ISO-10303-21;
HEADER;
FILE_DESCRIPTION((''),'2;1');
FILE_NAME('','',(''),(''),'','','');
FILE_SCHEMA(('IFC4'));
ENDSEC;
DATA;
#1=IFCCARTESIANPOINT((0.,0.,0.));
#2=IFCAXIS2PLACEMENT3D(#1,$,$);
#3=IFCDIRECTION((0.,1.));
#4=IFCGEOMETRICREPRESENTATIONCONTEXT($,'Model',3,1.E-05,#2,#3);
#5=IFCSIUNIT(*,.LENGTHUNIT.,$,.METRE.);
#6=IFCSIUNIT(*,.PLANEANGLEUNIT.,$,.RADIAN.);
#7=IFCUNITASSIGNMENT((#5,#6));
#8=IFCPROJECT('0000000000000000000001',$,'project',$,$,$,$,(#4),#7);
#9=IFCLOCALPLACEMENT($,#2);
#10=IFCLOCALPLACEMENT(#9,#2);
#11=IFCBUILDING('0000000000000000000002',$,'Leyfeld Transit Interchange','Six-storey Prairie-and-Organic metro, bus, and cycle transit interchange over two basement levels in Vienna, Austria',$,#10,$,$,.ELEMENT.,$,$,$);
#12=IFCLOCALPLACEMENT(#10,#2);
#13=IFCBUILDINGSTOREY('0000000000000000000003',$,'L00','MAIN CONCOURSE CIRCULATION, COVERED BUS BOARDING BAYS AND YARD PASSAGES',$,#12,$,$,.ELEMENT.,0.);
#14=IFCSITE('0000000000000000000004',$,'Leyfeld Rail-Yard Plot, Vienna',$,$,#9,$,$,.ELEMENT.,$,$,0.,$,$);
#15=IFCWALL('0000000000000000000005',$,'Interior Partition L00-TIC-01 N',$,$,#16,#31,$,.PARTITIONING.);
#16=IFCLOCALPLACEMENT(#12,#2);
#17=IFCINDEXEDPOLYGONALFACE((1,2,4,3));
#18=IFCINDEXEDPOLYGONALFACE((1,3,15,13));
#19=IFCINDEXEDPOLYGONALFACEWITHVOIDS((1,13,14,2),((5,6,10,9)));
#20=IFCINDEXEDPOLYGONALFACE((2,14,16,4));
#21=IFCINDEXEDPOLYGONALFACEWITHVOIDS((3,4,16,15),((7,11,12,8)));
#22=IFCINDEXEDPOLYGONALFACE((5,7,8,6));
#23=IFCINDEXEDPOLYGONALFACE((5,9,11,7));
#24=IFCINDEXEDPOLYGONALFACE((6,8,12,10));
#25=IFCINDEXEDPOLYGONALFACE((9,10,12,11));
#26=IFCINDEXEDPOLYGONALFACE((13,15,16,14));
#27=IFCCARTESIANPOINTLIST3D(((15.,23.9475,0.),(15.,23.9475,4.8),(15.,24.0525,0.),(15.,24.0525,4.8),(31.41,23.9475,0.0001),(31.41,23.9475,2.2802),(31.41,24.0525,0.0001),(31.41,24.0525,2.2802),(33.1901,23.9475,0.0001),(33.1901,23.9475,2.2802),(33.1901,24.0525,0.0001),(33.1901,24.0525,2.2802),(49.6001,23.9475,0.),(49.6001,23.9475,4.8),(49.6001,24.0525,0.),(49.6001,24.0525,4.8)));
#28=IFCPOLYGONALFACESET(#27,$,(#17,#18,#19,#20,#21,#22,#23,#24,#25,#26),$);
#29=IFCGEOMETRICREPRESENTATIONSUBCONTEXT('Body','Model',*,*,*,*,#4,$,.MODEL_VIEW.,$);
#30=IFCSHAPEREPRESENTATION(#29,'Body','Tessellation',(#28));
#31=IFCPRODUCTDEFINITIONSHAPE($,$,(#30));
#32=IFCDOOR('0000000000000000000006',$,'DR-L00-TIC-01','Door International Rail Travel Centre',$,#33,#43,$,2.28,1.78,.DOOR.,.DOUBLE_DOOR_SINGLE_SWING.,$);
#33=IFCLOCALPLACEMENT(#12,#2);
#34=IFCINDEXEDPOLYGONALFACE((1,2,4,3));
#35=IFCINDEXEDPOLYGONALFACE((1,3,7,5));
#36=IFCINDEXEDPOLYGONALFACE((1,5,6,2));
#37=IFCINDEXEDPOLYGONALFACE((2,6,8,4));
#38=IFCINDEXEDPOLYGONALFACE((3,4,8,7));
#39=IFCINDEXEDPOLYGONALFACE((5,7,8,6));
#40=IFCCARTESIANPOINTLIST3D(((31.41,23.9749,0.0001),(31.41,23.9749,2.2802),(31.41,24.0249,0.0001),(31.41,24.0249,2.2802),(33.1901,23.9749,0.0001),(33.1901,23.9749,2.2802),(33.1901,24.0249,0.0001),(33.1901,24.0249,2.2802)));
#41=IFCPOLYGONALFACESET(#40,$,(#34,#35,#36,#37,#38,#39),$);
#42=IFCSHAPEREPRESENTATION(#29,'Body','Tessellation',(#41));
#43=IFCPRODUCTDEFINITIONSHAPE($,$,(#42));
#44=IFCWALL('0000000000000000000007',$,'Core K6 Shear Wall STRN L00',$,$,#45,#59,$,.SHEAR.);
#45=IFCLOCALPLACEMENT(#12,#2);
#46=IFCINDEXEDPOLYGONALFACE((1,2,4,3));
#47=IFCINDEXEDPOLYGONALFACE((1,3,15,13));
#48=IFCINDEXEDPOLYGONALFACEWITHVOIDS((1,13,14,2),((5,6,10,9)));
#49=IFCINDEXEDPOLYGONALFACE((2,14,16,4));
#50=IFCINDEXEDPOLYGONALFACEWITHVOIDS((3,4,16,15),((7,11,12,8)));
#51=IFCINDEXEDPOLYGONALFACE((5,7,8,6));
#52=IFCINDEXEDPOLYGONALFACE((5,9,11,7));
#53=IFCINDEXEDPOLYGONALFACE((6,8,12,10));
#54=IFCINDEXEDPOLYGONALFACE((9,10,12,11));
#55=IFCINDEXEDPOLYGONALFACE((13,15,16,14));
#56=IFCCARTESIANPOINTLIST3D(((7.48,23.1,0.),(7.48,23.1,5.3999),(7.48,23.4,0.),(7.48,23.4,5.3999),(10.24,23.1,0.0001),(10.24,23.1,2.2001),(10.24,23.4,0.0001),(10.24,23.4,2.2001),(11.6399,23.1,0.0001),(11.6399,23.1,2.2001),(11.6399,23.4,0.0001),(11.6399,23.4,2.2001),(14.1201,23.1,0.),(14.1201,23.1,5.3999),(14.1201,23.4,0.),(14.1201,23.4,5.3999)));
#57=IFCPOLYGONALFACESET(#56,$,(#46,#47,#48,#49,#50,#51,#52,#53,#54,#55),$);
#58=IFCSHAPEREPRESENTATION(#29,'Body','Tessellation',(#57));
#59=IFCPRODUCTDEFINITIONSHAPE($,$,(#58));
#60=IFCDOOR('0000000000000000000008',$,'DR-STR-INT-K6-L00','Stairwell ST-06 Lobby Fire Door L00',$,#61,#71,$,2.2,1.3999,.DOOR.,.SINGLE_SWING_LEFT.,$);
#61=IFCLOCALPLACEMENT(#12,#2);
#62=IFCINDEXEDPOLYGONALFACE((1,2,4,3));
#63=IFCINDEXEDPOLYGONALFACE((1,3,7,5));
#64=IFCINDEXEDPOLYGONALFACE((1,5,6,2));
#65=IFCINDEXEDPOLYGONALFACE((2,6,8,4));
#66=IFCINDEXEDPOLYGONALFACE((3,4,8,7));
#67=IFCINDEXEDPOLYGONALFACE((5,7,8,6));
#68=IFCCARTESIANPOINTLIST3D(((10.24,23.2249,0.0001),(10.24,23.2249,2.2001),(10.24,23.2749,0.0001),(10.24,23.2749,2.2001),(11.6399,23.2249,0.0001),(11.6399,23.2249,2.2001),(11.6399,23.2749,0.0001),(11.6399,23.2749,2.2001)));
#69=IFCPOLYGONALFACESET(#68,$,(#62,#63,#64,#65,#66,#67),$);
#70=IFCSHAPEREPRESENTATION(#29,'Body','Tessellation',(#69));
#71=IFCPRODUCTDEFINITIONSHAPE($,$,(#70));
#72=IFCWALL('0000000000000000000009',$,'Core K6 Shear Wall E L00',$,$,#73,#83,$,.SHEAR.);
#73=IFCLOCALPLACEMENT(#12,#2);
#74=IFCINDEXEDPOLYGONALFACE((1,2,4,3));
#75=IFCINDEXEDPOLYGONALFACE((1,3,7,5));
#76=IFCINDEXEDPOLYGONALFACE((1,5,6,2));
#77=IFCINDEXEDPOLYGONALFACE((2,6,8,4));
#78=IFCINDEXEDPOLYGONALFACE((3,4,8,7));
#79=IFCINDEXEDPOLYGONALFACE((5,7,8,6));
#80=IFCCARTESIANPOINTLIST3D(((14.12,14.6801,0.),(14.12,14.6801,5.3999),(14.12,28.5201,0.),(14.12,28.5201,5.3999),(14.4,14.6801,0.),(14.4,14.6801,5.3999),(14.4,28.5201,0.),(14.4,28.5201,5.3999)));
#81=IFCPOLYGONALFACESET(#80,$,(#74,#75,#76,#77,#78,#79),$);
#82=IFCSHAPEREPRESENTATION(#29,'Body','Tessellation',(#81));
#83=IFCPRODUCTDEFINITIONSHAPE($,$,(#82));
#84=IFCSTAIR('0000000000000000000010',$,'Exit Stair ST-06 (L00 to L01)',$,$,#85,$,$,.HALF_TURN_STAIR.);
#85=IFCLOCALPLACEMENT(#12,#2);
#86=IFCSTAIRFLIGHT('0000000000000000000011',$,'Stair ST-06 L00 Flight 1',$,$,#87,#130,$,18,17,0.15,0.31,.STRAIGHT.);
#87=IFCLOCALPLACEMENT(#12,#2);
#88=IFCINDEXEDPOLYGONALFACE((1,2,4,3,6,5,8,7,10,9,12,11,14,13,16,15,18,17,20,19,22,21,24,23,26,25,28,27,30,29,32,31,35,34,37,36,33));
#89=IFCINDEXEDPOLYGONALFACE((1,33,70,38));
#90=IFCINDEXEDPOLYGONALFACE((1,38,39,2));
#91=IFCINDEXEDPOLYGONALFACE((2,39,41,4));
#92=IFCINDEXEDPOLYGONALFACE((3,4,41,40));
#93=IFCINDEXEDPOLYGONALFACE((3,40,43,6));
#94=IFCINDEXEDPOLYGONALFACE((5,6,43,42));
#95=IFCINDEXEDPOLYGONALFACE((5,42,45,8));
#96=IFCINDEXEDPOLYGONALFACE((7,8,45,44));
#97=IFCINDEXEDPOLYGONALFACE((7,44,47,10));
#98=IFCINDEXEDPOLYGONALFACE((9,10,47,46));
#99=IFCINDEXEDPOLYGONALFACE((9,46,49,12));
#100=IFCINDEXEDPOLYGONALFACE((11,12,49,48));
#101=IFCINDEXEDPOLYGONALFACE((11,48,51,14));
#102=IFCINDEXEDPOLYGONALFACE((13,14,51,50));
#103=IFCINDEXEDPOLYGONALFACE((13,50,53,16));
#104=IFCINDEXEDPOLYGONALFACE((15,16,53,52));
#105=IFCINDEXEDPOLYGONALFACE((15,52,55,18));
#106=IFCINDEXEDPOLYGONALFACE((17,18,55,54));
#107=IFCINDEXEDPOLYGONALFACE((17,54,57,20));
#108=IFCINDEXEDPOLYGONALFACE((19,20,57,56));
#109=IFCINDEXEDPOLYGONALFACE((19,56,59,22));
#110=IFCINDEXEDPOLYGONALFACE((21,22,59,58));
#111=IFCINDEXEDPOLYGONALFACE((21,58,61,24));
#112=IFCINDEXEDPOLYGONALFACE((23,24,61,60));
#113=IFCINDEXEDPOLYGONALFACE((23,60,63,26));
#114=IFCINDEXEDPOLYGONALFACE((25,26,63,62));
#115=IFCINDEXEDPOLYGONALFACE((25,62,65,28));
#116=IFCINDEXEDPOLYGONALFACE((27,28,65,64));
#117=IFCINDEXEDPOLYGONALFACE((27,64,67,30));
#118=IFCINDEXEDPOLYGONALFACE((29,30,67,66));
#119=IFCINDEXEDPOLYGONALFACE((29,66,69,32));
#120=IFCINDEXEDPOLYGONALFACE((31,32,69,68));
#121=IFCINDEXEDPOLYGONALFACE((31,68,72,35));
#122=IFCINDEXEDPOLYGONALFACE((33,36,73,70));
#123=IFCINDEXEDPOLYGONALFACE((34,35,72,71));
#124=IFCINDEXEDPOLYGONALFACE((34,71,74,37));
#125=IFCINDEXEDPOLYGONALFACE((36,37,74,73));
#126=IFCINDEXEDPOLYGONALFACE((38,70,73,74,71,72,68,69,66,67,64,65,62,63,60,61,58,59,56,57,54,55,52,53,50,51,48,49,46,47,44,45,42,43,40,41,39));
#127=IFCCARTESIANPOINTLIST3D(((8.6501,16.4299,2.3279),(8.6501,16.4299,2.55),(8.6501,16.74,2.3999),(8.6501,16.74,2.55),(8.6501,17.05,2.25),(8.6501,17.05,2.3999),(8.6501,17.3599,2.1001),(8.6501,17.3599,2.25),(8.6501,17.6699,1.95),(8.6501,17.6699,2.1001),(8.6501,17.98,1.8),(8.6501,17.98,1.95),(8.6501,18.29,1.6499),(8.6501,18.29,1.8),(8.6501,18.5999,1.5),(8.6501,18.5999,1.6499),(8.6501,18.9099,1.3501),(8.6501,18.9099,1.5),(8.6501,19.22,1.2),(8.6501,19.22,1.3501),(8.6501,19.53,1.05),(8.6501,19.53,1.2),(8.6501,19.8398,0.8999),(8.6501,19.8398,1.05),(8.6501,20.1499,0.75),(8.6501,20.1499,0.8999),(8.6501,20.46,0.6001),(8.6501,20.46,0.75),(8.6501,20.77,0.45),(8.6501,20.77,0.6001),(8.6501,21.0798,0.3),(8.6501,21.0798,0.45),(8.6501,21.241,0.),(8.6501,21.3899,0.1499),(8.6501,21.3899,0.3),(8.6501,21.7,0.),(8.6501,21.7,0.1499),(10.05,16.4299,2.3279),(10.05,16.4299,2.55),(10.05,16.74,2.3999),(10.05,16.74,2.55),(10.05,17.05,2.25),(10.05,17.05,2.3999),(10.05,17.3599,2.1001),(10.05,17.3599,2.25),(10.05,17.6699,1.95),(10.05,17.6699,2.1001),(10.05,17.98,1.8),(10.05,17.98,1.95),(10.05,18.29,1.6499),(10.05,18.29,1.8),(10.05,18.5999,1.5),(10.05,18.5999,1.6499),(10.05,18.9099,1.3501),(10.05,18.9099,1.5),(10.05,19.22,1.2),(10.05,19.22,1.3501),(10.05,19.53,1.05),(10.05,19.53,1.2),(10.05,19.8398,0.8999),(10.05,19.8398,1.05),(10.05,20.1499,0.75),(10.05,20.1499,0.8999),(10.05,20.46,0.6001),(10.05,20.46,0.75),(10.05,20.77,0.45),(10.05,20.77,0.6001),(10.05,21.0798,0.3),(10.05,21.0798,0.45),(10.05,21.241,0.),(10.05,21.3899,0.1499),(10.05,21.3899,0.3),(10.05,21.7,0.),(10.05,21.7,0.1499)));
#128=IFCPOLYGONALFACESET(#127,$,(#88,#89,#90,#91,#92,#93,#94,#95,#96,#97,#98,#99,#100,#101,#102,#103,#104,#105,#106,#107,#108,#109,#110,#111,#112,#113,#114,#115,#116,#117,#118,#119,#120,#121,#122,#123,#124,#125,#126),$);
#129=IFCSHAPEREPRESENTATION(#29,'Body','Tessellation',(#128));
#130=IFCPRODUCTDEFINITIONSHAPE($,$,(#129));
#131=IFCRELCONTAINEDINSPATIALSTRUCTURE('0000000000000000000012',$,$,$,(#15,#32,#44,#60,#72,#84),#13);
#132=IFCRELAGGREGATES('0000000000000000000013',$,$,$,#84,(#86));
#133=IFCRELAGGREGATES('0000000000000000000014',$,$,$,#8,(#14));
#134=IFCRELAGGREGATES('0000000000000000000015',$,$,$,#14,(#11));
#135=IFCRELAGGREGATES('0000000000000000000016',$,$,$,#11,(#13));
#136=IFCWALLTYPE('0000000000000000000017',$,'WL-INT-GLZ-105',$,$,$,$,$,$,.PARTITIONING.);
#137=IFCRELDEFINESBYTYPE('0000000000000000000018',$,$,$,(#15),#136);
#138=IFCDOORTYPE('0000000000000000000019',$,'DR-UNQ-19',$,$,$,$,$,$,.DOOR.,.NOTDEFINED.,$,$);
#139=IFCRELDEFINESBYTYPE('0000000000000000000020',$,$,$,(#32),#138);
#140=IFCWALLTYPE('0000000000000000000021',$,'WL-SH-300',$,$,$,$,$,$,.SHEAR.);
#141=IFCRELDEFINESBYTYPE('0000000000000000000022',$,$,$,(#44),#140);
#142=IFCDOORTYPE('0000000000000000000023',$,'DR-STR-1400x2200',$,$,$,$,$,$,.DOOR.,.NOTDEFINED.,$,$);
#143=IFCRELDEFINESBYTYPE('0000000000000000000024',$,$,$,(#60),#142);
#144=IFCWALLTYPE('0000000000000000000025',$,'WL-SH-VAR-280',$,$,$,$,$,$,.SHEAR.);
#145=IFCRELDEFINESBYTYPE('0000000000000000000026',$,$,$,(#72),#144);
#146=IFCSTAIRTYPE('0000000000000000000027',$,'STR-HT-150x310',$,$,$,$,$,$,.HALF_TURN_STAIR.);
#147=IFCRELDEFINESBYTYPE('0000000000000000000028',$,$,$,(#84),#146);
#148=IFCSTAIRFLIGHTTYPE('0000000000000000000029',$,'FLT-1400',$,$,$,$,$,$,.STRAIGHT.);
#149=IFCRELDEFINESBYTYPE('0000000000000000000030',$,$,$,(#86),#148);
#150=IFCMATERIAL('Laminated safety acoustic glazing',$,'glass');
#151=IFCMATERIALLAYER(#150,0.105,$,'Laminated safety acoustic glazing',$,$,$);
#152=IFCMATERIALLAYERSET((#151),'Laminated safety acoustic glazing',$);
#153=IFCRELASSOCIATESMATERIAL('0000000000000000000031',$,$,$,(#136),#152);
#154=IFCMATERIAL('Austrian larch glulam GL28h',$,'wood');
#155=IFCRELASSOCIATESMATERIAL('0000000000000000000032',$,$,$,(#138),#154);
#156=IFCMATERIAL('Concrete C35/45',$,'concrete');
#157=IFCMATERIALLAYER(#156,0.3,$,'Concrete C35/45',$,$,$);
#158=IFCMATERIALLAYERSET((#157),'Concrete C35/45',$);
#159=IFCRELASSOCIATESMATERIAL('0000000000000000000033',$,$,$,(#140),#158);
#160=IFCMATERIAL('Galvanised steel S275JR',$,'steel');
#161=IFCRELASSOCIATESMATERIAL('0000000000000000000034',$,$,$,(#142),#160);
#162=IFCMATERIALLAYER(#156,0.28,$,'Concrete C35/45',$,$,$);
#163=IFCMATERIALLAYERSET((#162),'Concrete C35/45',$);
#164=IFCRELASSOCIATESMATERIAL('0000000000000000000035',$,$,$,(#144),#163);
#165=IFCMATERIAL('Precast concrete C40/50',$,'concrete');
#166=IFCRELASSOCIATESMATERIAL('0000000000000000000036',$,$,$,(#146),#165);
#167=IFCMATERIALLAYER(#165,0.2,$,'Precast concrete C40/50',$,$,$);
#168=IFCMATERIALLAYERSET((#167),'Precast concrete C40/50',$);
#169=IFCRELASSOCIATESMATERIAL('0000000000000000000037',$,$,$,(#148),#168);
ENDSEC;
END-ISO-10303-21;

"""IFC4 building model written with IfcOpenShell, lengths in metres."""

from ifc_helpers import new_model, si_unit, direction, frame, frame_2d, origin, place, context, subcontext, project, spatial, polyline, rectangle, outline, extrude, material, layer, layer_set, type_object, element, fill, aggregate, save


model = new_model("IFC4")

# Units and contexts
model_context = context("Model", 3, precision=1e-05, world=origin(), true_north=direction((0.0, 1.0)))
body_context = subcontext(model_context, "Body", "Model", "MODEL_VIEW")
ifc_project = project(units=[si_unit("LENGTHUNIT", "METRE"), si_unit("PLANEANGLEUNIT", "RADIAN")], contexts=[model_context])

# Site, building, storey
site_placement = place(None, origin())
site = spatial("IfcSite", under=ifc_project, at=site_placement, Name="Leyfeld Rail-Yard Plot, Vienna", CompositionType="ELEMENT", RefElevation=0.0)
building_placement = place(site_placement, origin())
building = spatial("IfcBuilding", under=site, at=building_placement, Name="Leyfeld Transit Interchange", Description="Six-storey Prairie-and-Organic metro, bus, and cycle transit interchange over two basement levels in Vienna, Austria", CompositionType="ELEMENT")
storey_placement = place(building_placement, origin())
storey = spatial("IfcBuildingStorey", under=building, at=storey_placement, Name="L00", Description="MAIN CONCOURSE CIRCULATION, COVERED BUS BOARDING BAYS AND YARD PASSAGES", CompositionType="ELEMENT", Elevation=0.0)

# Walls, openings, doors
ifc_material_1 = material(Name="Laminated safety acoustic glazing", Category="glass")
ifc_layer_1 = layer(ifc_material_1, 0.105, Name="Laminated safety acoustic glazing")
ifc_layer_set_1 = layer_set([ifc_layer_1], Name="Laminated safety acoustic glazing")
wall_type_1 = type_object("IfcWallType", Name="WL-INT-GLZ-105", PredefinedType="PARTITIONING", material=ifc_layer_set_1)
wall_1_placement = place(storey_placement, frame((15.0, 24.0, 0.0), z_axis=(0.0, 0.0, 1.0), x_axis=(1.0, 0.0, 0.0)))
wall_1 = element("IfcWall", 1, at=wall_1_placement, inside=storey, type_object=wall_type_1, Name="Interior Partition L00-TIC-01 N", PredefinedType="PARTITIONING", context=body_context, shape_type="SweptSolid", body=[
    extrude(rectangle(XDim=34.6001, YDim=0.105, at=frame_2d((17.3, 0.0))), origin(), (0.0, 0.0, 1.0), 4.8),
])
opening_1_placement = place(wall_1_placement, frame((16.4099, 0.0, 0.0)))
opening_1 = element("IfcOpeningElement", 2, at=opening_1_placement, cuts=wall_1, PredefinedType="OPENING", context=body_context, shape_type="SweptSolid", body=[
    extrude(rectangle(XDim=1.78, YDim=2.28, at=frame_2d((0.8901, 1.1401))), frame((0.0, 0.0625, 0.0), z_axis=(0.0, -1.0, 0.0), x_axis=(1.0, 0.0, 0.0)), (0.0, 0.0, 1.0), 0.125),
])
ifc_material_2 = material(Name="Austrian larch glulam GL28h", Category="wood")
door_type_1 = type_object("IfcDoorType", Name="DR-UNQ-19", OperationType="NOTDEFINED", PredefinedType="DOOR", material=ifc_material_2)
door_1_placement = place(opening_1_placement, origin())
door_1 = element("IfcDoor", 3, at=door_1_placement, inside=storey, type_object=door_type_1, Name="DR-L00-TIC-01", Description="Door International Rail Travel Centre", OperationType="DOUBLE_DOOR_SINGLE_SWING", OverallHeight=2.28, OverallWidth=1.78, PredefinedType="DOOR", context=body_context, shape_type="SweptSolid", body=[
    extrude(rectangle(XDim=1.78, YDim=2.28, at=frame_2d((0.8901, 1.1401))), frame((0.0, 0.0249, 0.0), z_axis=(0.0, -1.0, 0.0), x_axis=(1.0, 0.0, 0.0)), (0.0, 0.0, 1.0), 0.05),
])
fill(opening_1, door_1)
ifc_material_3 = material(Name="Concrete C35/45", Category="concrete")
ifc_layer_2 = layer(ifc_material_3, 0.3, Name="Concrete C35/45")
ifc_layer_set_2 = layer_set([ifc_layer_2], Name="Concrete C35/45")
wall_type_2 = type_object("IfcWallType", Name="WL-SH-300", PredefinedType="SHEAR", material=ifc_layer_set_2)
wall_2_placement = place(storey_placement, frame((7.48, 23.25, 0.0), z_axis=(0.0, 0.0, 1.0), x_axis=(1.0, 0.0, 0.0)))
wall_2 = element("IfcWall", 4, at=wall_2_placement, inside=storey, type_object=wall_type_2, Name="Core K6 Shear Wall STRN L00", PredefinedType="SHEAR", context=body_context, shape_type="SweptSolid", body=[
    extrude(rectangle(XDim=6.6401, YDim=0.3, at=frame_2d((3.3201, 0.0))), origin(), (0.0, 0.0, 1.0), 5.3999),
])
opening_2_placement = place(wall_2_placement, frame((2.76, 0.0, 0.0)))
opening_2 = element("IfcOpeningElement", 5, at=opening_2_placement, cuts=wall_2, PredefinedType="OPENING", context=body_context, shape_type="SweptSolid", body=[
    extrude(rectangle(XDim=1.3999, YDim=2.2, at=frame_2d((0.7, 1.1001))), frame((0.0, 0.1599, 0.0), z_axis=(0.0, -1.0, 0.0), x_axis=(1.0, 0.0, 0.0)), (0.0, 0.0, 1.0), 0.3201),
])
ifc_material_4 = material(Name="Galvanised steel S275JR", Category="steel")
door_type_2 = type_object("IfcDoorType", Name="DR-STR-1400x2200", OperationType="NOTDEFINED", PredefinedType="DOOR", material=ifc_material_4)
door_2_placement = place(opening_2_placement, origin())
door_2 = element("IfcDoor", 6, at=door_2_placement, inside=storey, type_object=door_type_2, Name="DR-STR-INT-K6-L00", Description="Stairwell ST-06 Lobby Fire Door L00", OperationType="SINGLE_SWING_LEFT", OverallHeight=2.2, OverallWidth=1.3999, PredefinedType="DOOR", context=body_context, shape_type="SweptSolid", body=[
    extrude(rectangle(XDim=1.3999, YDim=2.2, at=frame_2d((0.7, 1.1001))), frame((0.0, 0.0249, 0.0), z_axis=(0.0, -1.0, 0.0), x_axis=(1.0, 0.0, 0.0)), (0.0, 0.0, 1.0), 0.05),
])
fill(opening_2, door_2)

# Wall
ifc_layer_3 = layer(ifc_material_3, 0.28, Name="Concrete C35/45")
ifc_layer_set_3 = layer_set([ifc_layer_3], Name="Concrete C35/45")
wall_type_3 = type_object("IfcWallType", Name="WL-SH-VAR-280", PredefinedType="SHEAR", material=ifc_layer_set_3)
wall_3_placement = place(storey_placement, frame((14.26, 28.52, 0.0), z_axis=(0.0, 0.0, 1.0), x_axis=(0.0, -1.0, 0.0)))
element("IfcWall", 7, at=wall_3_placement, inside=storey, type_object=wall_type_3, Name="Core K6 Shear Wall E L00", PredefinedType="SHEAR", context=body_context, shape_type="SweptSolid", body=[
    extrude(rectangle(XDim=13.8401, YDim=0.28, at=frame_2d((6.9199, 0.0))), origin(), (0.0, 0.0, 1.0), 5.3999),
])

# Stair, stair flight
ifc_material_5 = material(Name="Precast concrete C40/50", Category="concrete")
stair_type = type_object("IfcStairType", Name="STR-HT-150x310", PredefinedType="HALF_TURN_STAIR", material=ifc_material_5)
stair_placement = place(storey_placement, origin())
stair = element("IfcStair", 8, at=stair_placement, inside=storey, type_object=stair_type, Name="Exit Stair ST-06 (L00 to L01)", PredefinedType="HALF_TURN_STAIR")
ifc_layer_4 = layer(ifc_material_5, 0.2, Name="Precast concrete C40/50")
ifc_layer_set_4 = layer_set([ifc_layer_4], Name="Precast concrete C40/50")
stair_flight_type = type_object("IfcStairFlightType", Name="FLT-1400", PredefinedType="STRAIGHT", material=ifc_layer_set_4)
stair_flight_placement = place(storey_placement, frame((9.3501, 21.7, 0.0), z_axis=(0.0, 0.0, 1.0), x_axis=(0.0, -1.0, 0.0)))
stair_flight = element("IfcStairFlight", 9, at=stair_flight_placement, type_object=stair_flight_type, Name="Stair ST-06 L00 Flight 1", NumberOfRisers=18, NumberOfTreads=17, PredefinedType="STRAIGHT", RiserHeight=0.15, TreadLength=0.31, context=body_context, shape_type="SweptSolid", body=[
    extrude(outline(polyline([(0.0, 0.0), (0.0, 0.1499), (0.3101, 0.1499), (0.3101, 0.3), (0.6201, 0.3), (0.6201, 0.45), (0.9299, 0.45), (0.9299, 0.6001), (1.24, 0.6001), (1.24, 0.75), (1.55, 0.75), (1.55, 0.8999), (1.8601, 0.8999), (1.8601, 1.05), (2.1699, 1.05), (2.1699, 1.2), (2.48, 1.2), (2.48, 1.3501), (2.79, 1.3501), (2.79, 1.5), (3.1001, 1.5), (3.1001, 1.6499), (3.4099, 1.6499), (3.4099, 1.8), (3.72, 1.8), (3.72, 1.95), (4.03, 1.95), (4.03, 2.1001), (4.3401, 2.1001), (4.3401, 2.25), (4.6499, 2.25), (4.6499, 2.3999), (4.96, 2.3999), (4.96, 2.55), (5.27, 2.55), (5.27, 2.7), (5.27, 2.3279), (0.459, 0.0), (0.0, 0.0)])), frame((0.0, 0.7, 0.0), z_axis=(0.0, -1.0, 0.0), x_axis=(1.0, 0.0, 0.0)), (0.0, 0.0, 1.0), 1.3999),
])
aggregate(stair, [stair_flight])

save(model, "model.ifc")
